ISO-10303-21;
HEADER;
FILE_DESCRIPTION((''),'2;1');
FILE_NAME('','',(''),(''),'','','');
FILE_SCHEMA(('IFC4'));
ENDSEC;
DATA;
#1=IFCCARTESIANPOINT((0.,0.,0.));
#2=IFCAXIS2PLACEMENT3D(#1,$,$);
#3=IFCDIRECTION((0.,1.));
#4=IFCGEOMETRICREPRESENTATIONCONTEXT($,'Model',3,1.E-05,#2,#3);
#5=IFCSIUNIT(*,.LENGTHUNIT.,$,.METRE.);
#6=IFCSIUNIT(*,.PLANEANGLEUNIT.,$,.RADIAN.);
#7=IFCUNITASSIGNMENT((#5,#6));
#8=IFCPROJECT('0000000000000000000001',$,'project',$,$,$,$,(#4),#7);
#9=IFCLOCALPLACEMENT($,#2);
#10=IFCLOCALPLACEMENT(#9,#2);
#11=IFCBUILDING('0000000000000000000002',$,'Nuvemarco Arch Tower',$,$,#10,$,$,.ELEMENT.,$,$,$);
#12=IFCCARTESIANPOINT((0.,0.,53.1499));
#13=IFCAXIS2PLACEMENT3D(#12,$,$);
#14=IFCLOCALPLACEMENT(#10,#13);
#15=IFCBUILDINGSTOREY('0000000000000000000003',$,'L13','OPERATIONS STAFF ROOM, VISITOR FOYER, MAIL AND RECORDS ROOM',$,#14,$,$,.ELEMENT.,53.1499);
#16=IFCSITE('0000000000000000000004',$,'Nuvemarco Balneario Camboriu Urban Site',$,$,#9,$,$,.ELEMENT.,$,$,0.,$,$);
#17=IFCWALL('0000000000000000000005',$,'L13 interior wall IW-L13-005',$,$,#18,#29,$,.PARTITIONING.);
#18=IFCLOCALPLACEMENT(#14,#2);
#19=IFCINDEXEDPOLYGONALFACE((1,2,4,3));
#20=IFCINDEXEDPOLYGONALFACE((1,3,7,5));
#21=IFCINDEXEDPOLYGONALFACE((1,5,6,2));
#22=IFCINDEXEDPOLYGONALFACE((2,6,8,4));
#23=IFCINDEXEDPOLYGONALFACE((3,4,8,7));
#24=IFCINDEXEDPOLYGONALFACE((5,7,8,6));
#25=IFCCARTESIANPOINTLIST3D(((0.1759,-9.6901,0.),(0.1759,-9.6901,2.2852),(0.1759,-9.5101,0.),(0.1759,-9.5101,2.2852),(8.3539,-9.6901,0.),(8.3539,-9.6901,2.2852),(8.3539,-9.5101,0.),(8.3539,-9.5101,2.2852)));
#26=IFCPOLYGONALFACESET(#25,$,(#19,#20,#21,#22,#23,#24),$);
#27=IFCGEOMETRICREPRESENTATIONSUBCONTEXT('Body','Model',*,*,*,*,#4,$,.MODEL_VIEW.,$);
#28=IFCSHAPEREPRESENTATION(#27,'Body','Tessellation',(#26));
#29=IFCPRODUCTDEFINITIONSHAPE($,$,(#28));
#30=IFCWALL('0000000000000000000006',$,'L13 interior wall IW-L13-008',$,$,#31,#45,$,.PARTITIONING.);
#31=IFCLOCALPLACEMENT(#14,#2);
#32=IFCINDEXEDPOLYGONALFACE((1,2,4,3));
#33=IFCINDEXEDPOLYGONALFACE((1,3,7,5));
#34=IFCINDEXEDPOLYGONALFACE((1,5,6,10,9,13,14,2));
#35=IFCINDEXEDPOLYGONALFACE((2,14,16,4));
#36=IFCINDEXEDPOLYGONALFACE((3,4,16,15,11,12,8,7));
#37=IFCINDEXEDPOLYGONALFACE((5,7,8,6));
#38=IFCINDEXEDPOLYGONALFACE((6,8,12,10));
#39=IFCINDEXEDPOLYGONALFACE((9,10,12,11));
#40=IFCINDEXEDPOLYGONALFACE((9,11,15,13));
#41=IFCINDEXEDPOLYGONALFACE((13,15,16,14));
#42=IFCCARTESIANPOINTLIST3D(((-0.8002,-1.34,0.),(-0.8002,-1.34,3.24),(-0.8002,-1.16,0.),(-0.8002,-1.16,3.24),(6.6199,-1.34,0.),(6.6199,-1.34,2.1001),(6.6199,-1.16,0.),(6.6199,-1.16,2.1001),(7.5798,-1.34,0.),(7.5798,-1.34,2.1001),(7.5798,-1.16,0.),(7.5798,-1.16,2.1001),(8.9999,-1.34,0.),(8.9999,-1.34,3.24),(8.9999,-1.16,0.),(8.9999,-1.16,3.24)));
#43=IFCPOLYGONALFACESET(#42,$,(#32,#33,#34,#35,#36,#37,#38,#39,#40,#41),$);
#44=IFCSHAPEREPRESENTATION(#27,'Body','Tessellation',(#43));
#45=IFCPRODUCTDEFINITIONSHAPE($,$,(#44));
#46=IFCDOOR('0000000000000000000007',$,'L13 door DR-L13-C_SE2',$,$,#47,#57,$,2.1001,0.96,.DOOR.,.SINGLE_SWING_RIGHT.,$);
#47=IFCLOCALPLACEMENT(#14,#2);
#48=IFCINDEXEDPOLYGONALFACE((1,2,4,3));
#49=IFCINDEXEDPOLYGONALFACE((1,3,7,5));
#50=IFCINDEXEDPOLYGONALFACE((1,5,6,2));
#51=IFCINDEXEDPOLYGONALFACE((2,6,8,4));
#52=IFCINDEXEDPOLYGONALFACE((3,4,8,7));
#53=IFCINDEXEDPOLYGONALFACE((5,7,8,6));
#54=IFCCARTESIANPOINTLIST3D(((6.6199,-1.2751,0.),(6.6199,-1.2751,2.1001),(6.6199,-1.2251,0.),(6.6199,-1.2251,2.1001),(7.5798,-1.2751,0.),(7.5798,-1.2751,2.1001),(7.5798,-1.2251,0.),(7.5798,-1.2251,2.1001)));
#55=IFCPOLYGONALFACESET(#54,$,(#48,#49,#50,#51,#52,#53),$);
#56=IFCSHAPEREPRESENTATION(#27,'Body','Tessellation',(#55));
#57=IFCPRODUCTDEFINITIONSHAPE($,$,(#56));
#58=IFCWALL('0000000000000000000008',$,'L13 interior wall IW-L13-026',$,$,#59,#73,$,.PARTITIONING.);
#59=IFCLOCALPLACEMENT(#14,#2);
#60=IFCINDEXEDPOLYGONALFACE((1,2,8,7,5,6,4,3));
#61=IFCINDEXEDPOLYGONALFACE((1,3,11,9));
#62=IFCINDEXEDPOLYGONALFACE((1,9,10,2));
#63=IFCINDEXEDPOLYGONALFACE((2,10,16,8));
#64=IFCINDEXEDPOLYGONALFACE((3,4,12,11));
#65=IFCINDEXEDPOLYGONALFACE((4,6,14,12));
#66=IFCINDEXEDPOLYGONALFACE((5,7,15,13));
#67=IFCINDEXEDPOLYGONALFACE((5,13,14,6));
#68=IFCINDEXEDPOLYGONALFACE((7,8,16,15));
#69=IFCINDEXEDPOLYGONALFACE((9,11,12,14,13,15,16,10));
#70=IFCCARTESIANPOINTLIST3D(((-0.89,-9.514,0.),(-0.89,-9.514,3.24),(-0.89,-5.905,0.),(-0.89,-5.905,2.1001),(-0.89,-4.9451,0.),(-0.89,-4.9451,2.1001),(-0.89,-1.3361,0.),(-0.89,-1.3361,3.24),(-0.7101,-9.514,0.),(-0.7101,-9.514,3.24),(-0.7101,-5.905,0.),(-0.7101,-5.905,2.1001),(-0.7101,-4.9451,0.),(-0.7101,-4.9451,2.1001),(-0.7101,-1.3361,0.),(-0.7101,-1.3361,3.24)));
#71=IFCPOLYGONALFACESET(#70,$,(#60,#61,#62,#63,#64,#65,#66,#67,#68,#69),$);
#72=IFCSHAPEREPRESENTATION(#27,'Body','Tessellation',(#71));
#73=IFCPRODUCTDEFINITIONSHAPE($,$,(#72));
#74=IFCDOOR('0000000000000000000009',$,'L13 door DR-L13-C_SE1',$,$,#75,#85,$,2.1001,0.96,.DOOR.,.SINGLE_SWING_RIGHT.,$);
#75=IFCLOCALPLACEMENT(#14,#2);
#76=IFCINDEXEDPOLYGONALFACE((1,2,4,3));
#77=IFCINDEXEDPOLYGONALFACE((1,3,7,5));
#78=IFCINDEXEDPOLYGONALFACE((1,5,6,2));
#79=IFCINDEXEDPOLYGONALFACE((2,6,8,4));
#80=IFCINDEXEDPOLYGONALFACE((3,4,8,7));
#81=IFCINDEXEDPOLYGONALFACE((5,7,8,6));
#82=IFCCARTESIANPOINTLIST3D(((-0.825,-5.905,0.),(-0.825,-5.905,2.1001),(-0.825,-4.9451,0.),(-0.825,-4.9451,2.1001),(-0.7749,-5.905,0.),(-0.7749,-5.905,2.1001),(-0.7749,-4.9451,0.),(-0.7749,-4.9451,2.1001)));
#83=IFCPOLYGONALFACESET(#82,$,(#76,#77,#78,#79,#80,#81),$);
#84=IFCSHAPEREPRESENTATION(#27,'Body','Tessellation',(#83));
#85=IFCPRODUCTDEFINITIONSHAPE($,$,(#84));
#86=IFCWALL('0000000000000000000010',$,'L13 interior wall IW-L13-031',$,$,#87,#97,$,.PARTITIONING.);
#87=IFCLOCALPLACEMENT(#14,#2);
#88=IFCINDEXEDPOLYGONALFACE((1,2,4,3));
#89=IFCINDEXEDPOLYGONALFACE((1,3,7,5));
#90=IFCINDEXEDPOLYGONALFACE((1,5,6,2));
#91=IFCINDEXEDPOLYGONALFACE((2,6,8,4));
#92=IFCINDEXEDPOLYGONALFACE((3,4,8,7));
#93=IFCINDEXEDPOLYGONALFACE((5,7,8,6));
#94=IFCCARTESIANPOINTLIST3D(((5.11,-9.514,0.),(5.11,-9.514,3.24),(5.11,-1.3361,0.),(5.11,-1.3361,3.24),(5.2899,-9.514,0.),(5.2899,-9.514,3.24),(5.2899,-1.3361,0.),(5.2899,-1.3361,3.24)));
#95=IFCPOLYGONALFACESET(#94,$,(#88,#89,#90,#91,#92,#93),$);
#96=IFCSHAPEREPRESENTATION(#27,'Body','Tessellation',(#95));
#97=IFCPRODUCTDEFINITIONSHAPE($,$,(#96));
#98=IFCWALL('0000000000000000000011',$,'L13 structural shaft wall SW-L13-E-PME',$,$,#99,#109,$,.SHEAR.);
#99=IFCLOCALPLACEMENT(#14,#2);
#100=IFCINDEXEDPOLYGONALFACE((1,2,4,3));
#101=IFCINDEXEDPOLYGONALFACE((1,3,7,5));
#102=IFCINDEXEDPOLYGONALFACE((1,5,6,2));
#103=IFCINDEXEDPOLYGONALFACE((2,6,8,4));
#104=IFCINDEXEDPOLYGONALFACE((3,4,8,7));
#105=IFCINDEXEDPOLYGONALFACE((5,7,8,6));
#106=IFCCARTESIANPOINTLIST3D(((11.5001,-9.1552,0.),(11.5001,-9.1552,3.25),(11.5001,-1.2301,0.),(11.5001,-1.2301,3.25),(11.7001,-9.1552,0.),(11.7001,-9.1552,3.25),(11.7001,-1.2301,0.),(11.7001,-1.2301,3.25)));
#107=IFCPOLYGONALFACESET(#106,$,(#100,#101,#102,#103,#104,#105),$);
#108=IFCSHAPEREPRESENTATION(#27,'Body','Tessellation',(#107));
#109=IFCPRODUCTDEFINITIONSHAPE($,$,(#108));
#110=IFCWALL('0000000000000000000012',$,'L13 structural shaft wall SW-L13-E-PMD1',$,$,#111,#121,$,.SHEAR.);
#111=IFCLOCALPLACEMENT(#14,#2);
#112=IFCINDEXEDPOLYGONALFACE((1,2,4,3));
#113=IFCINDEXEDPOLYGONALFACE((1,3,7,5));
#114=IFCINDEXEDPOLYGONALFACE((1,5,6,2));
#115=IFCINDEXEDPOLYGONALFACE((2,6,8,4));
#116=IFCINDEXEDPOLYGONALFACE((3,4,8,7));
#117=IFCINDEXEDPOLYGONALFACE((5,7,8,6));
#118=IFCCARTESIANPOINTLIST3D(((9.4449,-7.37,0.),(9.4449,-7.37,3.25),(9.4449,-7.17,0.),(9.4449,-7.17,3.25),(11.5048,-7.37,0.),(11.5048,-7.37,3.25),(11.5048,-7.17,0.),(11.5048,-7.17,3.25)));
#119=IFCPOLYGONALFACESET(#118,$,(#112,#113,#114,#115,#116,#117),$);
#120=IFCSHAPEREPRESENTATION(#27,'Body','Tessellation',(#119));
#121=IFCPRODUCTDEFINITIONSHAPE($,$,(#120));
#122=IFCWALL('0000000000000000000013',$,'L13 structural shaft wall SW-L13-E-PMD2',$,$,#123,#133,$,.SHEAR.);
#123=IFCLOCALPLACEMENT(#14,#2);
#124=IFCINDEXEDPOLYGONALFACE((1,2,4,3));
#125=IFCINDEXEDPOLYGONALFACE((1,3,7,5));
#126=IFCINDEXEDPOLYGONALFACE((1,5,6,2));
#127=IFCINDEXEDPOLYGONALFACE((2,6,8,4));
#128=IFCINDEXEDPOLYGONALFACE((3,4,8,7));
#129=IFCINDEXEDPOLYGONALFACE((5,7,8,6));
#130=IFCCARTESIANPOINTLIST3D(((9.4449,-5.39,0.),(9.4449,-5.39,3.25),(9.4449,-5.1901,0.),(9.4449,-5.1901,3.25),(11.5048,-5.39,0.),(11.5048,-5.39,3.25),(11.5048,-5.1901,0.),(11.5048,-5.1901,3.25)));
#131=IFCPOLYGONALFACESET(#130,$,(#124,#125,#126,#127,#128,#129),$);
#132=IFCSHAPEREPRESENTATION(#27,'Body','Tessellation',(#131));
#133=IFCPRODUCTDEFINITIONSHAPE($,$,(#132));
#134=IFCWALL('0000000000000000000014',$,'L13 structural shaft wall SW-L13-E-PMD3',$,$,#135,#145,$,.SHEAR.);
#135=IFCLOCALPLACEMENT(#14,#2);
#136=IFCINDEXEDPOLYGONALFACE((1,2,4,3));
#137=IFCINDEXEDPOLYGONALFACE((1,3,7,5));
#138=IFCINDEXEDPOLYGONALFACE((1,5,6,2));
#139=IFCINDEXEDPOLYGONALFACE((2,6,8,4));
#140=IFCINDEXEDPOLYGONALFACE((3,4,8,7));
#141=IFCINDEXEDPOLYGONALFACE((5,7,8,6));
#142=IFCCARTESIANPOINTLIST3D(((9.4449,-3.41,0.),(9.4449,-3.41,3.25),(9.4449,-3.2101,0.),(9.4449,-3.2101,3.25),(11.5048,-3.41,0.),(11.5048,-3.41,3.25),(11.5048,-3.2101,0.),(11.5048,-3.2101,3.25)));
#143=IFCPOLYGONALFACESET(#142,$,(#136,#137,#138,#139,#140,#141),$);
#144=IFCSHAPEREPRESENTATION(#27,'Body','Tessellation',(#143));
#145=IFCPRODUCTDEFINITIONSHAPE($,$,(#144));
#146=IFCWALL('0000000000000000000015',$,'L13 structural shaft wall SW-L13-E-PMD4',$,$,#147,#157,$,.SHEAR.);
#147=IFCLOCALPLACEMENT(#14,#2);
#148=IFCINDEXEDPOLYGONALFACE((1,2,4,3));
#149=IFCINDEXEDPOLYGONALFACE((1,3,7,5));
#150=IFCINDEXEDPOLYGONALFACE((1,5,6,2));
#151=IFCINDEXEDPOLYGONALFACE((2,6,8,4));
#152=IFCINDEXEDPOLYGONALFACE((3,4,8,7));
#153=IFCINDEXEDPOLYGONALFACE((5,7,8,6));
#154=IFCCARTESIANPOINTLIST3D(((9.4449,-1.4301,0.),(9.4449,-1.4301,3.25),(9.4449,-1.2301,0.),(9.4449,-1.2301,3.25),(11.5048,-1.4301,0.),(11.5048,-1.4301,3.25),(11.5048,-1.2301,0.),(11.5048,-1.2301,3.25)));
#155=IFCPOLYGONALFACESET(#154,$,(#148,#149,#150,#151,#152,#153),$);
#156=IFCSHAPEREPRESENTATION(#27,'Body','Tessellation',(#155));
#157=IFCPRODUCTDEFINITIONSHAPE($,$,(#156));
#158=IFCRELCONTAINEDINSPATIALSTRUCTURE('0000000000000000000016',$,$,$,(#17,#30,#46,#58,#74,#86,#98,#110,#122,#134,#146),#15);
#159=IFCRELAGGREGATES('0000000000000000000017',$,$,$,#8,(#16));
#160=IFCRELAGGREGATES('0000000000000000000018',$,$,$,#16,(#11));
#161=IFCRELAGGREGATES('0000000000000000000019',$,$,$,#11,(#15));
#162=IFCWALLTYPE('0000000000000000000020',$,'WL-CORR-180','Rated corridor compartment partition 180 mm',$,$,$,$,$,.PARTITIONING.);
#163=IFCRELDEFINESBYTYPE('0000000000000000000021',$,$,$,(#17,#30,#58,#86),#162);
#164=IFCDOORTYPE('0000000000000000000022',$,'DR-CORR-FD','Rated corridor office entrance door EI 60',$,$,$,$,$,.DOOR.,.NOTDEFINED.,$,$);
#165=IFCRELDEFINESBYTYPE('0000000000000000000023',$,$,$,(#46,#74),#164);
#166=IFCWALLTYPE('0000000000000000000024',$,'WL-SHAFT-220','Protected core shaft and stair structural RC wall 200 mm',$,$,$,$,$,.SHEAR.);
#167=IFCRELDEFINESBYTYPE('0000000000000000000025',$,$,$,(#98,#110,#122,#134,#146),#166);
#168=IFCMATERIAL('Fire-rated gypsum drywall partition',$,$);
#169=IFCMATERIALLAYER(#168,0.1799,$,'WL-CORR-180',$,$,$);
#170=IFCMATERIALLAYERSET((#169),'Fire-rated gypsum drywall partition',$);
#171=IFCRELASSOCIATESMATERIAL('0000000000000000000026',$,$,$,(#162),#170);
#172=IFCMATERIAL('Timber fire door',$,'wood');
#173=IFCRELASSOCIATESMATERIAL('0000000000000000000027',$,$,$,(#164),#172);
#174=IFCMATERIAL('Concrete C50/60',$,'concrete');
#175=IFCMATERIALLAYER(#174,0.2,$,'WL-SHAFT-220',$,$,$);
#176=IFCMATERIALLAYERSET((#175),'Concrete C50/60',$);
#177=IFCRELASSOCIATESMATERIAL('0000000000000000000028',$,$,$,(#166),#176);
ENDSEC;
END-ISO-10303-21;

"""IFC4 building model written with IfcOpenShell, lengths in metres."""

from ifc_helpers import new_model, si_unit, direction, frame, frame_2d, origin, place, context, subcontext, project, spatial, rectangle, extrude, source, transform, mapped, material, layer, layer_set, type_object, type_shapes, element, fill, save


model = new_model("IFC4")

# Units and contexts
model_context = context("Model", 3, precision=1e-05, world=origin(), true_north=direction((0.0, 1.0)))
body_context = subcontext(model_context, "Body", "Model", "MODEL_VIEW")
ifc_project = project(units=[si_unit("LENGTHUNIT", "METRE"), si_unit("PLANEANGLEUNIT", "RADIAN")], contexts=[model_context])

# Site, building, storey
site_placement = place(None, origin())
site = spatial("IfcSite", under=ifc_project, at=site_placement, Name="Nuvemarco Balneario Camboriu Urban Site", CompositionType="ELEMENT", RefElevation=0.0)
building_placement = place(site_placement, origin())
building = spatial("IfcBuilding", under=site, at=building_placement, Name="Nuvemarco Arch Tower", CompositionType="ELEMENT")
storey_placement = place(building_placement, frame((0.0, 0.0, 53.1499)))
storey = spatial("IfcBuildingStorey", under=building, at=storey_placement, Name="L13", Description="OPERATIONS STAFF ROOM, VISITOR FOYER, MAIL AND RECORDS ROOM", CompositionType="ELEMENT", Elevation=53.1499)

# Shared definitions
ifc_material_1 = material(Name="Concrete C50/60", Category="concrete")

# Wall
ifc_material_2 = material(Name="Fire-rated gypsum drywall partition")
ifc_layer_1 = layer(ifc_material_2, 0.1799, Name="WL-CORR-180")
ifc_layer_set_1 = layer_set([ifc_layer_1], Name="Fire-rated gypsum drywall partition")
wall_type_1 = type_object("IfcWallType", Name="WL-CORR-180", Description="Rated corridor compartment partition 180 mm", PredefinedType="PARTITIONING", material=ifc_layer_set_1)
wall_1_placement = place(storey_placement, frame((0.176, -9.6001, 0.0), z_axis=(0.0, 0.0, 1.0), x_axis=(1.0, 0.0, 0.0)))
element("IfcWall", 1, at=wall_1_placement, inside=storey, type_object=wall_type_1, Name="L13 interior wall IW-L13-005", PredefinedType="PARTITIONING", context=body_context, shape_type="SweptSolid", body=[
    extrude(rectangle(XDim=8.178, YDim=0.1799, at=frame_2d((4.0889, 0.0))), origin(), (0.0, 0.0, 1.0), 2.2852),
])

# Walls, openings, doors
wall_2_placement = place(storey_placement, frame((-0.8, -1.25, 0.0), z_axis=(0.0, 0.0, 1.0), x_axis=(1.0, 0.0, 0.0)))
wall_2 = element("IfcWall", 2, at=wall_2_placement, inside=storey, type_object=wall_type_1, Name="L13 interior wall IW-L13-008", PredefinedType="PARTITIONING", context=body_context, shape_type="SweptSolid", body=[
    extrude(rectangle(XDim=9.8, YDim=0.1799, at=frame_2d((4.8999, 0.0))), origin(), (0.0, 0.0, 1.0), 3.24),
])
opening_1_placement = place(wall_2_placement, frame((7.4199, 0.0, 0.0)))
opening_1 = element("IfcOpeningElement", 3, at=opening_1_placement, cuts=wall_2, PredefinedType="OPENING", context=body_context, shape_type="SweptSolid", body=[
    extrude(rectangle(XDim=0.96, YDim=2.1001, at=frame_2d((0.48, 1.05))), frame((0.0, 0.0999, 0.0), z_axis=(0.0, -1.0, 0.0), x_axis=(1.0, 0.0, 0.0)), (0.0, 0.0, 1.0), 0.2),
])
ifc_material_3 = material(Name="Timber fire door", Category="wood")
door_type_1 = type_object("IfcDoorType", Name="DR-CORR-FD", Description="Rated corridor office entrance door EI 60", OperationType="NOTDEFINED", PredefinedType="DOOR", material=ifc_material_3)
shared_shape_1 = source(origin(), body_context, "Body", "SweptSolid", [
    extrude(rectangle(XDim=0.96, YDim=2.1001, at=frame_2d((0.48, 1.05))), frame((0.0, 0.0249, 0.0), z_axis=(0.0, -1.0, 0.0), x_axis=(1.0, 0.0, 0.0)), (0.0, 0.0, 1.0), 0.05),
])
type_shapes(door_type_1, [shared_shape_1])
door_1_placement = place(opening_1_placement, origin())
door_1 = element("IfcDoor", 4, at=door_1_placement, inside=storey, type_object=door_type_1, Name="L13 door DR-L13-C_SE2", OperationType="SINGLE_SWING_RIGHT", OverallHeight=2.1001, OverallWidth=0.96, PredefinedType="DOOR", context=body_context, shape_type="MappedRepresentation", body=[
    mapped(shared_shape_1, transform((0.0, 0.0, 0.0), scale=1.0)),
])
fill(opening_1, door_1)
wall_3_placement = place(storey_placement, frame((-0.8, -9.5139, 0.0), z_axis=(0.0, 0.0, 1.0), x_axis=(0.0, 1.0, 0.0)))
wall_3 = element("IfcWall", 5, at=wall_3_placement, inside=storey, type_object=wall_type_1, Name="L13 interior wall IW-L13-026", PredefinedType="PARTITIONING", context=body_context, shape_type="SweptSolid", body=[
    extrude(rectangle(XDim=8.178, YDim=0.1799, at=frame_2d((4.0889, 0.0))), origin(), (0.0, 0.0, 1.0), 3.24),
])
opening_2_placement = place(wall_3_placement, frame((3.6089, 0.0, 0.0)))
opening_2 = element("IfcOpeningElement", 6, at=opening_2_placement, cuts=wall_3, PredefinedType="OPENING", context=body_context, shape_type="SweptSolid", body=[
    extrude(rectangle(XDim=0.96, YDim=2.1001, at=frame_2d((0.48, 1.05))), frame((0.0, 0.0999, 0.0), z_axis=(0.0, -1.0, 0.0), x_axis=(1.0, 0.0, 0.0)), (0.0, 0.0, 1.0), 0.2),
])
door_2_placement = place(opening_2_placement, origin())
door_2 = element("IfcDoor", 7, at=door_2_placement, inside=storey, type_object=door_type_1, Name="L13 door DR-L13-C_SE1", OperationType="SINGLE_SWING_RIGHT", OverallHeight=2.1001, OverallWidth=0.96, PredefinedType="DOOR", context=body_context, shape_type="MappedRepresentation", body=[
    mapped(shared_shape_1, transform((0.0, 0.0, 0.0), scale=1.0)),
])
fill(opening_2, door_2)

# Walls
wall_4_placement = place(storey_placement, frame((5.2, -9.5139, 0.0), z_axis=(0.0, 0.0, 1.0), x_axis=(0.0, 1.0, 0.0)))
element("IfcWall", 8, at=wall_4_placement, inside=storey, type_object=wall_type_1, Name="L13 interior wall IW-L13-031", PredefinedType="PARTITIONING", context=body_context, shape_type="SweptSolid", body=[
    extrude(rectangle(XDim=8.178, YDim=0.1799, at=frame_2d((4.0889, 0.0))), origin(), (0.0, 0.0, 1.0), 3.24),
])
ifc_layer_2 = layer(ifc_material_1, 0.2, Name="WL-SHAFT-220")
ifc_layer_set_2 = layer_set([ifc_layer_2], Name="Concrete C50/60")
wall_type_2 = type_object("IfcWallType", Name="WL-SHAFT-220", Description="Protected core shaft and stair structural RC wall 200 mm", PredefinedType="SHEAR", material=ifc_layer_set_2)
wall_5_placement = place(storey_placement, frame((11.6001, -9.155, 0.0), z_axis=(0.0, 0.0, 1.0), x_axis=(0.0, 1.0, 0.0)))
element("IfcWall", 9, at=wall_5_placement, inside=storey, type_object=wall_type_2, Name="L13 structural shaft wall SW-L13-E-PME", PredefinedType="SHEAR", context=body_context, shape_type="SweptSolid", body=[
    extrude(rectangle(XDim=7.925, YDim=0.2, at=frame_2d((3.9624, 0.0))), origin(), (0.0, 0.0, 1.0), 3.25),
])

# Walls
for number, where, z_axis, x_axis, name in (
    (10, (9.4451, -7.27, 0.0), (0.0, 0.0, 1.0), (1.0, 0.0, 0.0), "L13 structural shaft wall SW-L13-E-PMD1"),
    (11, (9.4451, -5.29, 0.0), (0.0, 0.0, 1.0), (1.0, 0.0, 0.0), "L13 structural shaft wall SW-L13-E-PMD2"),
    (12, (9.4451, -3.3101, 0.0), (0.0, 0.0, 1.0), (1.0, 0.0, 0.0), "L13 structural shaft wall SW-L13-E-PMD3"),
    (13, (9.4451, -1.3301, 0.0), (0.0, 0.0, 1.0), (1.0, 0.0, 0.0), "L13 structural shaft wall SW-L13-E-PMD4"),
):
    element("IfcWall", number, at=place(storey_placement, frame(where, z_axis=z_axis, x_axis=x_axis)), inside=storey, type_object=wall_type_2, Name=name, PredefinedType="SHEAR", context=body_context, shape_type="SweptSolid", body=[
        extrude(rectangle(XDim=2.0598, YDim=0.2, at=frame_2d((1.0298, 0.0))), origin(), (0.0, 0.0, 1.0), 3.25),
    ])

save(model, "model.ifc")
